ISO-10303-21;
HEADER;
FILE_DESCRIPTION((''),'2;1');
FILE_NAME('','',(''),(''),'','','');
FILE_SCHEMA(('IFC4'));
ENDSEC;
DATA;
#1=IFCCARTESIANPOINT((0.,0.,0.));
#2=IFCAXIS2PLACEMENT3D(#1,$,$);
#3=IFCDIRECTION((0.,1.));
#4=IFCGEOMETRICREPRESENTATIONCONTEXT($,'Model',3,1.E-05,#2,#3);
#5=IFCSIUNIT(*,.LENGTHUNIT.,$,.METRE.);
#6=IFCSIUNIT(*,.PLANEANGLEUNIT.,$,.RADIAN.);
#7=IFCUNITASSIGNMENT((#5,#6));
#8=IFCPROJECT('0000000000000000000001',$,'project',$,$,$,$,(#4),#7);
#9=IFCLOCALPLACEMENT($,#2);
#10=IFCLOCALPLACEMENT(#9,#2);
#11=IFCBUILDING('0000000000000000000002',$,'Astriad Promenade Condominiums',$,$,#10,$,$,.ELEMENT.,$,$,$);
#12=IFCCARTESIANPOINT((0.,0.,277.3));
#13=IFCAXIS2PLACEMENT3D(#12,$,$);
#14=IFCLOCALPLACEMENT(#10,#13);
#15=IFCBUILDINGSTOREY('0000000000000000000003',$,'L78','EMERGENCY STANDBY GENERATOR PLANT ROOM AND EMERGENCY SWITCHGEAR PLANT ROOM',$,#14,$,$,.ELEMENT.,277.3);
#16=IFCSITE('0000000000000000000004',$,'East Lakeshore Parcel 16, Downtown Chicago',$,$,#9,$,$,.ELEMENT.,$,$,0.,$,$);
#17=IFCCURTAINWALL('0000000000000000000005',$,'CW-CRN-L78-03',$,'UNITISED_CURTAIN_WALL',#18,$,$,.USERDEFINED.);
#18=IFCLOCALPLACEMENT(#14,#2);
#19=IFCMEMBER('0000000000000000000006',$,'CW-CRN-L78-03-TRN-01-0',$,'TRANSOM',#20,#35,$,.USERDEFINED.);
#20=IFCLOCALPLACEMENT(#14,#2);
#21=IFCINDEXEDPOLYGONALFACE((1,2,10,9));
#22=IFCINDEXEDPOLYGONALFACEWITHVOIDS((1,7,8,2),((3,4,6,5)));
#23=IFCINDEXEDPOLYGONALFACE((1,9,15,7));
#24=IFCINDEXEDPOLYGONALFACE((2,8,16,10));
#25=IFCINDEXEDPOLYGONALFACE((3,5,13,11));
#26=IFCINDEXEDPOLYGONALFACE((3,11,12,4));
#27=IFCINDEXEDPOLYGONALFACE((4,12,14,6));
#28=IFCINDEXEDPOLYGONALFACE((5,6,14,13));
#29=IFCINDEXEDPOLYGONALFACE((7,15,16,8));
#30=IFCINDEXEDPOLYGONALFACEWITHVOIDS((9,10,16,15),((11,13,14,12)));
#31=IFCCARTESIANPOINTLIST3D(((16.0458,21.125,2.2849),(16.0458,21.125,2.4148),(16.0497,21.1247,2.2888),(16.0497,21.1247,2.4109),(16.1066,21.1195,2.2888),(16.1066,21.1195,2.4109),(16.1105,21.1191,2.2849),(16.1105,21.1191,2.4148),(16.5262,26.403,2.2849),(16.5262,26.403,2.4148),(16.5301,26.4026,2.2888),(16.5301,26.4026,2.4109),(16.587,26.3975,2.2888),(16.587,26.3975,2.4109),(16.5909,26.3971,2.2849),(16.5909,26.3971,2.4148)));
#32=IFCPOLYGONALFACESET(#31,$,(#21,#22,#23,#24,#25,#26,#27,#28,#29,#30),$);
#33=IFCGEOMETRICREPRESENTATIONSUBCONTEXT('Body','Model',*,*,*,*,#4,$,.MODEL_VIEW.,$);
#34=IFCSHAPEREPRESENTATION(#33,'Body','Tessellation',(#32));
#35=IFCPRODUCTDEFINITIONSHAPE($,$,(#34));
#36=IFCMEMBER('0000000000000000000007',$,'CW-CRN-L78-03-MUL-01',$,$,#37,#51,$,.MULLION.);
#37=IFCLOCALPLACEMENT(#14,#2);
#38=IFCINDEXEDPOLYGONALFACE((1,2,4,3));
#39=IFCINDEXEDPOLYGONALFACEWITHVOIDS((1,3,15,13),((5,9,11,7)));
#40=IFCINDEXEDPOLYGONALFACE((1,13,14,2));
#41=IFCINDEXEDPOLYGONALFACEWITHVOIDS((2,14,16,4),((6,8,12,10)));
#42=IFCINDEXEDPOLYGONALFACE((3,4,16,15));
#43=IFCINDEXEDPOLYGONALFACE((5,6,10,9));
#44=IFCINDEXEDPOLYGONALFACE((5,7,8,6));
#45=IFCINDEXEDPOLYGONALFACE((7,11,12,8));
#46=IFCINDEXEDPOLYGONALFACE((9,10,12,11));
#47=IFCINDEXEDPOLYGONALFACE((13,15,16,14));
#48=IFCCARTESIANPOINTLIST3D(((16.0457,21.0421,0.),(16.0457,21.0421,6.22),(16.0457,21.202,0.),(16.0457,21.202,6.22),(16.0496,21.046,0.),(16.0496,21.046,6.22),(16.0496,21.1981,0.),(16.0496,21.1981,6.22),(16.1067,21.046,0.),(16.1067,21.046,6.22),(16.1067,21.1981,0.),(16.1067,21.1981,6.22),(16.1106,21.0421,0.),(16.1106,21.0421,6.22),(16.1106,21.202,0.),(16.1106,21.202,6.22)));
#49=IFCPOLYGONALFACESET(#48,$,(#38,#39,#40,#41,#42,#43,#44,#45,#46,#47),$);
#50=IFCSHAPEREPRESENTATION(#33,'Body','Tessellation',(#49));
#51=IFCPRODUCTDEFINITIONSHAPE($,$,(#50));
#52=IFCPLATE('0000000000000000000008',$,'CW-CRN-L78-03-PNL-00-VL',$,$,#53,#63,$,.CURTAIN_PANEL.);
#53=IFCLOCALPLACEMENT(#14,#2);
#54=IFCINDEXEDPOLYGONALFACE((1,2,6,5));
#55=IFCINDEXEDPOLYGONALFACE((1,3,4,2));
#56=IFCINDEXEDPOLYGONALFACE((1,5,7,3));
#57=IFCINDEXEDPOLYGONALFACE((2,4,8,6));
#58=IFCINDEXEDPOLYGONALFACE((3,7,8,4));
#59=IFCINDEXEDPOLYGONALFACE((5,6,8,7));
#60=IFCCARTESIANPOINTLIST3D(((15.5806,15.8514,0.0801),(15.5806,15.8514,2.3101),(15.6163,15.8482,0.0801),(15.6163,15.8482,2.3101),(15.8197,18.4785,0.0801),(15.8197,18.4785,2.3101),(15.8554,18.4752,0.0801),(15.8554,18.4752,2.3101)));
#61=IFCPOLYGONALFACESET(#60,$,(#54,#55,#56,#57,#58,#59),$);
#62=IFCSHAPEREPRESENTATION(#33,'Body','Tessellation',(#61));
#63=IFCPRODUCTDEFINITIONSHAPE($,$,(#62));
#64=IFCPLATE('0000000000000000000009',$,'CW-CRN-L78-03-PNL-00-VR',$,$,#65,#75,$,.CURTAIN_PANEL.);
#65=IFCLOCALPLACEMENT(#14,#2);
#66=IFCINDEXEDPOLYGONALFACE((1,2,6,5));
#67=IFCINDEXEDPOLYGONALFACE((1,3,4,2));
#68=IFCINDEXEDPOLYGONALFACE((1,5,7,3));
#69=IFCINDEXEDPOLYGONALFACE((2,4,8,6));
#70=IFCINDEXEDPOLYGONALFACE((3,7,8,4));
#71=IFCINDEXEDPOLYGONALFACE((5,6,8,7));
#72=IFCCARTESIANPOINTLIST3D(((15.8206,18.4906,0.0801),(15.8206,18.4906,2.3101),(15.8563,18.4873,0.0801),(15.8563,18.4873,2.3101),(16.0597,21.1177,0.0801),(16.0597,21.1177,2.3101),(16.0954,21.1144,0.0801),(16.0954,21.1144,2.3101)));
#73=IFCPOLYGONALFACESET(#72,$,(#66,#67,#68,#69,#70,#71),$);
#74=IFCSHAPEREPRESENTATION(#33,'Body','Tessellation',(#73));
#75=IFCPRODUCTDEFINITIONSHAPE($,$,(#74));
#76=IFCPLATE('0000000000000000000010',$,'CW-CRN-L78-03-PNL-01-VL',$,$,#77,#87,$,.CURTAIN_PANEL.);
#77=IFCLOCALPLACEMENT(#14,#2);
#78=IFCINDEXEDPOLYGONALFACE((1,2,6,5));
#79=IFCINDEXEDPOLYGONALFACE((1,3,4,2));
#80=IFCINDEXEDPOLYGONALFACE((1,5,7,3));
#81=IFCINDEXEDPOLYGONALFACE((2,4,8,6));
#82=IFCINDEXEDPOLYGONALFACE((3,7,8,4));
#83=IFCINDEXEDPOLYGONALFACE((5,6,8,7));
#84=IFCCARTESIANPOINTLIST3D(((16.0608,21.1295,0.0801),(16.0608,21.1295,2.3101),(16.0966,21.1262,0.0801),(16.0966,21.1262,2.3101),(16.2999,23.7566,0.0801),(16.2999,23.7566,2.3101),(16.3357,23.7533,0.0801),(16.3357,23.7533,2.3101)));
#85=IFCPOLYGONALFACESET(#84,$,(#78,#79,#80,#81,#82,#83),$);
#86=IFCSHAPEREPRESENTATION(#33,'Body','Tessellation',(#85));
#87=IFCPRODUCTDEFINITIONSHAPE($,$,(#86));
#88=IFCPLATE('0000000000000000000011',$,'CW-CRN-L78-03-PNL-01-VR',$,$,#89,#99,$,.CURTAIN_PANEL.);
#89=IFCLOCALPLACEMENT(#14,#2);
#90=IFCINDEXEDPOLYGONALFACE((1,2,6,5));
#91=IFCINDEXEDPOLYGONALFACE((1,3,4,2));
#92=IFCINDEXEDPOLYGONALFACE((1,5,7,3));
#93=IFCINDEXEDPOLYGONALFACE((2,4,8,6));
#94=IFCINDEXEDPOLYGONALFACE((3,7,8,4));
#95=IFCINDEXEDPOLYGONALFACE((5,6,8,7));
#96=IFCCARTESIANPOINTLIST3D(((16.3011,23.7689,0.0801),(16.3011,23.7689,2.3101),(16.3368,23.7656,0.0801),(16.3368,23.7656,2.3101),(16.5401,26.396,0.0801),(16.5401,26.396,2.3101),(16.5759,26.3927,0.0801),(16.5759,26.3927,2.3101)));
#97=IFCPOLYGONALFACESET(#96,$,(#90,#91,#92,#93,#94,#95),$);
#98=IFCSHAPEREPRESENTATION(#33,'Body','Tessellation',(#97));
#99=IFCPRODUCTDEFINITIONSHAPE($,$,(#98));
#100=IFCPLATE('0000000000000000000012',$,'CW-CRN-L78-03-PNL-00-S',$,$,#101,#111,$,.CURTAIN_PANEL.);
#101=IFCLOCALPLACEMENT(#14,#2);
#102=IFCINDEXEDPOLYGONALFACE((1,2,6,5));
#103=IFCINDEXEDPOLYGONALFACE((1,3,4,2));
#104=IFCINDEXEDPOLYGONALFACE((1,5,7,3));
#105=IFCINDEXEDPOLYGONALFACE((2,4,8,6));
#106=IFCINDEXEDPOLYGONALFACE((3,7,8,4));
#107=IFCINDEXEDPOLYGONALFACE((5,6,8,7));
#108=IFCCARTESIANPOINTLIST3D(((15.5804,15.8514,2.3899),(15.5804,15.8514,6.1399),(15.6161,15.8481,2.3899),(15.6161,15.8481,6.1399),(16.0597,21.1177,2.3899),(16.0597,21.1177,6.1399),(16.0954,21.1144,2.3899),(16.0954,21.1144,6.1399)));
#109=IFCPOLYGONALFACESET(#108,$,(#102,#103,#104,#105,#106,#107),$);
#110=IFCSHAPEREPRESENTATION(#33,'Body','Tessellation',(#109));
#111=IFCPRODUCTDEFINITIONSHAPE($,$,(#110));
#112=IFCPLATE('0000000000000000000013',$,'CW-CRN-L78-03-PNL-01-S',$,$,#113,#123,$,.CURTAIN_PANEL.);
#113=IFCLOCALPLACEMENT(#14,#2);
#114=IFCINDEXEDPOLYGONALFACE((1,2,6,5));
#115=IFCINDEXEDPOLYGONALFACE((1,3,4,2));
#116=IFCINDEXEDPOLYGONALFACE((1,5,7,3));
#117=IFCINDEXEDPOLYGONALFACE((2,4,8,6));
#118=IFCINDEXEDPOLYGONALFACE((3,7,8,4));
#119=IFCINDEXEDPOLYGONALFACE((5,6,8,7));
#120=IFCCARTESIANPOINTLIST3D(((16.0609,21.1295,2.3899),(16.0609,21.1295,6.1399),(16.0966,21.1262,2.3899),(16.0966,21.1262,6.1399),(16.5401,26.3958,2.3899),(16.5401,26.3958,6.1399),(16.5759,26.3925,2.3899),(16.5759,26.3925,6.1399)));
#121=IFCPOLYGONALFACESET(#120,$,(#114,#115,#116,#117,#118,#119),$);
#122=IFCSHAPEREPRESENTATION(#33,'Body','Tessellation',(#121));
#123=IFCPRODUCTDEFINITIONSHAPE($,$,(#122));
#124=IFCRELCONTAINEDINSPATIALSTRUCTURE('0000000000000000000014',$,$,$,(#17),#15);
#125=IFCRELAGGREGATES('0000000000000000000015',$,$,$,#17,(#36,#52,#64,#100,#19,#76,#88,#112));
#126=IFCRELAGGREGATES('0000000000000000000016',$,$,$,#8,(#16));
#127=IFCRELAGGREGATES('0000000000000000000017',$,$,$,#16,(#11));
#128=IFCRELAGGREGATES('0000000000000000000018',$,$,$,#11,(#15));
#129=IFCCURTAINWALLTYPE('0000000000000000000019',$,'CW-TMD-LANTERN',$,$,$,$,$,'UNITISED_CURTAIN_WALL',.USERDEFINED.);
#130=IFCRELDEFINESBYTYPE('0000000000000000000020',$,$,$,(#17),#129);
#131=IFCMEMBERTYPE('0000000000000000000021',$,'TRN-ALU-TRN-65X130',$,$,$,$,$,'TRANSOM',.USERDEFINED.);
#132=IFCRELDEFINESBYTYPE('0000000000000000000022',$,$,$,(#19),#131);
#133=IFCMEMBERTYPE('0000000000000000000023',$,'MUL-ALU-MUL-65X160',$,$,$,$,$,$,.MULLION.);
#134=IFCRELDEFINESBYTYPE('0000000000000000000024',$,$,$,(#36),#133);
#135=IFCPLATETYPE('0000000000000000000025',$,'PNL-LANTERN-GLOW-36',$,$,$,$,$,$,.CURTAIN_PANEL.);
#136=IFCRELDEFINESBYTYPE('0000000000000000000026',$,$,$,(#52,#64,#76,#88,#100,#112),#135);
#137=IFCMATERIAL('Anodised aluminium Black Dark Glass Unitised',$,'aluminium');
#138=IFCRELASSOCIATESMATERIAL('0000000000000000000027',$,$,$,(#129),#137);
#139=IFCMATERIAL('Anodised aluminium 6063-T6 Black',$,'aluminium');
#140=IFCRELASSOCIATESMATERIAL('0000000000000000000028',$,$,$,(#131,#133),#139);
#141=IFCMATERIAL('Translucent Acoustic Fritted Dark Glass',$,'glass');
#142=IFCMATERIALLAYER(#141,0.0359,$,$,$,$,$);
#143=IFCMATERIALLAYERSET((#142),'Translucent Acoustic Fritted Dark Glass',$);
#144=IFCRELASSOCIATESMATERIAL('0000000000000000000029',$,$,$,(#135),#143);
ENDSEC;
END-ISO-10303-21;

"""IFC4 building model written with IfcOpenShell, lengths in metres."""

from ifc_helpers import new_model, si_unit, direction, frame, origin, origin_2d, place, context, subcontext, project, spatial, rectangle, hollow_rectangle, extrude, source, transform, mapped, material, layer, layer_set, material_profile, profile_set, type_object, type_shapes, element, aggregate, save


model = new_model("IFC4")

# Units and contexts
model_context = context("Model", 3, precision=1e-05, world=origin(), true_north=direction((0.0, 1.0)))
body_context = subcontext(model_context, "Body", "Model", "MODEL_VIEW")
ifc_project = project(units=[si_unit("LENGTHUNIT", "METRE"), si_unit("PLANEANGLEUNIT", "RADIAN")], contexts=[model_context])

# Site, building, storey
site_placement = place(None, origin())
site = spatial("IfcSite", under=ifc_project, at=site_placement, Name="East Lakeshore Parcel 16, Downtown Chicago", CompositionType="ELEMENT", RefElevation=0.0)
building_placement = place(site_placement, origin())
building = spatial("IfcBuilding", under=site, at=building_placement, Name="Astriad Promenade Condominiums", CompositionType="ELEMENT")
storey_placement = place(building_placement, frame((0.0, 0.0, 277.3)))
storey = spatial("IfcBuildingStorey", under=building, at=storey_placement, Name="L78", Description="EMERGENCY STANDBY GENERATOR PLANT ROOM AND EMERGENCY SWITCHGEAR PLANT ROOM", CompositionType="ELEMENT", Elevation=277.3)

# Curtain wall, members, plates
ifc_material_1 = material(Name="Anodised aluminium Black Dark Glass Unitised", Category="aluminium")
curtain_wall_type = type_object("IfcCurtainWallType", Name="CW-TMD-LANTERN", ElementType="UNITISED_CURTAIN_WALL", PredefinedType="USERDEFINED", material=ifc_material_1)
curtain_wall_placement = place(storey_placement, origin())
curtain_wall = element("IfcCurtainWall", 1, at=curtain_wall_placement, inside=storey, type_object=curtain_wall_type, Name="CW-CRN-L78-03", ObjectType="UNITISED_CURTAIN_WALL", PredefinedType="USERDEFINED")
ifc_material_2 = material(Name="Anodised aluminium 6063-T6 Black", Category="aluminium")
ifc_material_profile_1 = material_profile(ifc_material_2, hollow_rectangle(XDim=0.0649, YDim=0.1299, WallThickness=0.0039, at=origin_2d()), Name="ALU-TRN-65X130")
ifc_profile_set_1 = profile_set([ifc_material_profile_1], Name="Anodised aluminium 6063-T6 Black")
member_type_1 = type_object("IfcMemberType", Name="TRN-ALU-TRN-65X130", ElementType="TRANSOM", PredefinedType="USERDEFINED", material=ifc_profile_set_1)
shared_shape_1 = source(origin(), body_context, "Body", "SweptSolid", [
    extrude(hollow_rectangle(XDim=0.0649, YDim=0.1299, WallThickness=0.0039, at=origin_2d()), origin(), (0.0, 0.0, 1.0), 5.2998),
])
type_shapes(member_type_1, [shared_shape_1])
member_1_placement = place(storey_placement, frame((16.0781, 21.1221, 2.3499), z_axis=(0.090656, 0.995882, 0.0), x_axis=(-0.995882, 0.090656, 0.0)))
member_1 = element("IfcMember", 2, at=member_1_placement, type_object=member_type_1, Name="CW-CRN-L78-03-TRN-01-0", ObjectType="TRANSOM", PredefinedType="USERDEFINED", context=body_context, shape_type="MappedRepresentation", body=[
    mapped(shared_shape_1, transform((0.0, 0.0, 0.0), scale=1.0)),
])
ifc_material_profile_2 = material_profile(ifc_material_2, hollow_rectangle(XDim=0.0649, YDim=0.1599, WallThickness=0.0039, at=origin_2d()), Name="ALU-MUL-65X160")
ifc_profile_set_2 = profile_set([ifc_material_profile_2], Name="Anodised aluminium 6063-T6 Black")
member_type_2 = type_object("IfcMemberType", Name="MUL-ALU-MUL-65X160", PredefinedType="MULLION", material=ifc_profile_set_2)
shared_shape_2 = source(origin(), body_context, "Body", "SweptSolid", [
    extrude(hollow_rectangle(XDim=0.0649, YDim=0.1599, WallThickness=0.0039, at=origin_2d()), origin(), (0.0, 0.0, 1.0), 6.22),
])
type_shapes(member_type_2, [shared_shape_2])
member_2_placement = place(storey_placement, frame((16.0781, 21.1221, 0.0), z_axis=(0.0, 0.0, 1.0), x_axis=(1.0, 0.0, 0.0)))
member_2 = element("IfcMember", 3, at=member_2_placement, type_object=member_type_2, Name="CW-CRN-L78-03-MUL-01", PredefinedType="MULLION", context=body_context, shape_type="MappedRepresentation", body=[
    mapped(shared_shape_2, transform((0.0, 0.0, 0.0), scale=1.0)),
])
ifc_material_3 = material(Name="Translucent Acoustic Fritted Dark Glass", Category="glass")
ifc_layer_1 = layer(ifc_material_3, 0.0359)
ifc_layer_set_1 = layer_set([ifc_layer_1], Name="Translucent Acoustic Fritted Dark Glass")
plate_type = type_object("IfcPlateType", Name="PNL-LANTERN-GLOW-36", PredefinedType="CURTAIN_PANEL", material=ifc_layer_set_1)
shared_shape_3 = source(origin(), body_context, "Body", "SweptSolid", [
    extrude(rectangle(XDim=2.6379, YDim=0.0359, at=origin_2d()), origin(), (0.0, 0.0, 1.0), 2.23),
])
plate_1_placement = place(storey_placement, frame((15.718, 17.1633, 0.0801), z_axis=(0.0, 0.0, 1.0), x_axis=(0.090633, 0.995884, 0.0)))
plate_1 = element("IfcPlate", 4, at=plate_1_placement, type_object=plate_type, Name="CW-CRN-L78-03-PNL-00-VL", PredefinedType="CURTAIN_PANEL", context=body_context, shape_type="MappedRepresentation", body=[
    mapped(shared_shape_3, transform((0.0, 0.0, 0.0), scale=1.0)),
])
plate_2_placement = place(storey_placement, frame((15.958, 19.8025, 0.0801), z_axis=(0.0, 0.0, 1.0), x_axis=(0.090633, 0.995884, 0.0)))
plate_2 = element("IfcPlate", 5, at=plate_2_placement, type_object=plate_type, Name="CW-CRN-L78-03-PNL-00-VR", PredefinedType="CURTAIN_PANEL", context=body_context, shape_type="MappedRepresentation", body=[
    mapped(shared_shape_3, transform((0.0, 0.0, 0.0), scale=1.0)),
])
plate_3_placement = place(storey_placement, frame((16.1982, 22.4414, 0.0801), z_axis=(0.0, 0.0, 1.0), x_axis=(0.090633, 0.995884, 0.0)))
plate_3 = element("IfcPlate", 6, at=plate_3_placement, type_object=plate_type, Name="CW-CRN-L78-03-PNL-01-VL", PredefinedType="CURTAIN_PANEL", context=body_context, shape_type="MappedRepresentation", body=[
    mapped(shared_shape_3, transform((0.0, 0.0, 0.0), scale=1.0)),
])
plate_4_placement = place(storey_placement, frame((16.4385, 25.0808, 0.0801), z_axis=(0.0, 0.0, 1.0), x_axis=(0.090633, 0.995884, 0.0)))
plate_4 = element("IfcPlate", 7, at=plate_4_placement, type_object=plate_type, Name="CW-CRN-L78-03-PNL-01-VR", PredefinedType="CURTAIN_PANEL", context=body_context, shape_type="MappedRepresentation", body=[
    mapped(shared_shape_3, transform((0.0, 0.0, 0.0), scale=1.0)),
])
shared_shape_4 = source(origin(), body_context, "Body", "SweptSolid", [
    extrude(rectangle(XDim=5.2881, YDim=0.0359, at=origin_2d()), origin(), (0.0, 0.0, 1.0), 3.75),
])
type_shapes(plate_type, [shared_shape_3, shared_shape_4])
plate_5_placement = place(storey_placement, frame((15.8379, 18.4829, 2.3899), z_axis=(0.0, 0.0, 1.0), x_axis=(0.090633, 0.995884, 0.0)))
plate_5 = element("IfcPlate", 8, at=plate_5_placement, type_object=plate_type, Name="CW-CRN-L78-03-PNL-00-S", PredefinedType="CURTAIN_PANEL", context=body_context, shape_type="MappedRepresentation", body=[
    mapped(shared_shape_4, transform((0.0, 0.0, 0.0), scale=1.0)),
])
plate_6_placement = place(storey_placement, frame((16.3184, 23.761, 2.3899), z_axis=(0.0, 0.0, 1.0), x_axis=(0.090633, 0.995884, 0.0)))
plate_6 = element("IfcPlate", 9, at=plate_6_placement, type_object=plate_type, Name="CW-CRN-L78-03-PNL-01-S", PredefinedType="CURTAIN_PANEL", context=body_context, shape_type="MappedRepresentation", body=[
    mapped(shared_shape_4, transform((0.0, 0.0, 0.0), scale=1.0)),
])
aggregate(curtain_wall, [member_2, plate_1, plate_2, plate_5, member_1, plate_3, plate_4, plate_6])

save(model, "model.ifc")
